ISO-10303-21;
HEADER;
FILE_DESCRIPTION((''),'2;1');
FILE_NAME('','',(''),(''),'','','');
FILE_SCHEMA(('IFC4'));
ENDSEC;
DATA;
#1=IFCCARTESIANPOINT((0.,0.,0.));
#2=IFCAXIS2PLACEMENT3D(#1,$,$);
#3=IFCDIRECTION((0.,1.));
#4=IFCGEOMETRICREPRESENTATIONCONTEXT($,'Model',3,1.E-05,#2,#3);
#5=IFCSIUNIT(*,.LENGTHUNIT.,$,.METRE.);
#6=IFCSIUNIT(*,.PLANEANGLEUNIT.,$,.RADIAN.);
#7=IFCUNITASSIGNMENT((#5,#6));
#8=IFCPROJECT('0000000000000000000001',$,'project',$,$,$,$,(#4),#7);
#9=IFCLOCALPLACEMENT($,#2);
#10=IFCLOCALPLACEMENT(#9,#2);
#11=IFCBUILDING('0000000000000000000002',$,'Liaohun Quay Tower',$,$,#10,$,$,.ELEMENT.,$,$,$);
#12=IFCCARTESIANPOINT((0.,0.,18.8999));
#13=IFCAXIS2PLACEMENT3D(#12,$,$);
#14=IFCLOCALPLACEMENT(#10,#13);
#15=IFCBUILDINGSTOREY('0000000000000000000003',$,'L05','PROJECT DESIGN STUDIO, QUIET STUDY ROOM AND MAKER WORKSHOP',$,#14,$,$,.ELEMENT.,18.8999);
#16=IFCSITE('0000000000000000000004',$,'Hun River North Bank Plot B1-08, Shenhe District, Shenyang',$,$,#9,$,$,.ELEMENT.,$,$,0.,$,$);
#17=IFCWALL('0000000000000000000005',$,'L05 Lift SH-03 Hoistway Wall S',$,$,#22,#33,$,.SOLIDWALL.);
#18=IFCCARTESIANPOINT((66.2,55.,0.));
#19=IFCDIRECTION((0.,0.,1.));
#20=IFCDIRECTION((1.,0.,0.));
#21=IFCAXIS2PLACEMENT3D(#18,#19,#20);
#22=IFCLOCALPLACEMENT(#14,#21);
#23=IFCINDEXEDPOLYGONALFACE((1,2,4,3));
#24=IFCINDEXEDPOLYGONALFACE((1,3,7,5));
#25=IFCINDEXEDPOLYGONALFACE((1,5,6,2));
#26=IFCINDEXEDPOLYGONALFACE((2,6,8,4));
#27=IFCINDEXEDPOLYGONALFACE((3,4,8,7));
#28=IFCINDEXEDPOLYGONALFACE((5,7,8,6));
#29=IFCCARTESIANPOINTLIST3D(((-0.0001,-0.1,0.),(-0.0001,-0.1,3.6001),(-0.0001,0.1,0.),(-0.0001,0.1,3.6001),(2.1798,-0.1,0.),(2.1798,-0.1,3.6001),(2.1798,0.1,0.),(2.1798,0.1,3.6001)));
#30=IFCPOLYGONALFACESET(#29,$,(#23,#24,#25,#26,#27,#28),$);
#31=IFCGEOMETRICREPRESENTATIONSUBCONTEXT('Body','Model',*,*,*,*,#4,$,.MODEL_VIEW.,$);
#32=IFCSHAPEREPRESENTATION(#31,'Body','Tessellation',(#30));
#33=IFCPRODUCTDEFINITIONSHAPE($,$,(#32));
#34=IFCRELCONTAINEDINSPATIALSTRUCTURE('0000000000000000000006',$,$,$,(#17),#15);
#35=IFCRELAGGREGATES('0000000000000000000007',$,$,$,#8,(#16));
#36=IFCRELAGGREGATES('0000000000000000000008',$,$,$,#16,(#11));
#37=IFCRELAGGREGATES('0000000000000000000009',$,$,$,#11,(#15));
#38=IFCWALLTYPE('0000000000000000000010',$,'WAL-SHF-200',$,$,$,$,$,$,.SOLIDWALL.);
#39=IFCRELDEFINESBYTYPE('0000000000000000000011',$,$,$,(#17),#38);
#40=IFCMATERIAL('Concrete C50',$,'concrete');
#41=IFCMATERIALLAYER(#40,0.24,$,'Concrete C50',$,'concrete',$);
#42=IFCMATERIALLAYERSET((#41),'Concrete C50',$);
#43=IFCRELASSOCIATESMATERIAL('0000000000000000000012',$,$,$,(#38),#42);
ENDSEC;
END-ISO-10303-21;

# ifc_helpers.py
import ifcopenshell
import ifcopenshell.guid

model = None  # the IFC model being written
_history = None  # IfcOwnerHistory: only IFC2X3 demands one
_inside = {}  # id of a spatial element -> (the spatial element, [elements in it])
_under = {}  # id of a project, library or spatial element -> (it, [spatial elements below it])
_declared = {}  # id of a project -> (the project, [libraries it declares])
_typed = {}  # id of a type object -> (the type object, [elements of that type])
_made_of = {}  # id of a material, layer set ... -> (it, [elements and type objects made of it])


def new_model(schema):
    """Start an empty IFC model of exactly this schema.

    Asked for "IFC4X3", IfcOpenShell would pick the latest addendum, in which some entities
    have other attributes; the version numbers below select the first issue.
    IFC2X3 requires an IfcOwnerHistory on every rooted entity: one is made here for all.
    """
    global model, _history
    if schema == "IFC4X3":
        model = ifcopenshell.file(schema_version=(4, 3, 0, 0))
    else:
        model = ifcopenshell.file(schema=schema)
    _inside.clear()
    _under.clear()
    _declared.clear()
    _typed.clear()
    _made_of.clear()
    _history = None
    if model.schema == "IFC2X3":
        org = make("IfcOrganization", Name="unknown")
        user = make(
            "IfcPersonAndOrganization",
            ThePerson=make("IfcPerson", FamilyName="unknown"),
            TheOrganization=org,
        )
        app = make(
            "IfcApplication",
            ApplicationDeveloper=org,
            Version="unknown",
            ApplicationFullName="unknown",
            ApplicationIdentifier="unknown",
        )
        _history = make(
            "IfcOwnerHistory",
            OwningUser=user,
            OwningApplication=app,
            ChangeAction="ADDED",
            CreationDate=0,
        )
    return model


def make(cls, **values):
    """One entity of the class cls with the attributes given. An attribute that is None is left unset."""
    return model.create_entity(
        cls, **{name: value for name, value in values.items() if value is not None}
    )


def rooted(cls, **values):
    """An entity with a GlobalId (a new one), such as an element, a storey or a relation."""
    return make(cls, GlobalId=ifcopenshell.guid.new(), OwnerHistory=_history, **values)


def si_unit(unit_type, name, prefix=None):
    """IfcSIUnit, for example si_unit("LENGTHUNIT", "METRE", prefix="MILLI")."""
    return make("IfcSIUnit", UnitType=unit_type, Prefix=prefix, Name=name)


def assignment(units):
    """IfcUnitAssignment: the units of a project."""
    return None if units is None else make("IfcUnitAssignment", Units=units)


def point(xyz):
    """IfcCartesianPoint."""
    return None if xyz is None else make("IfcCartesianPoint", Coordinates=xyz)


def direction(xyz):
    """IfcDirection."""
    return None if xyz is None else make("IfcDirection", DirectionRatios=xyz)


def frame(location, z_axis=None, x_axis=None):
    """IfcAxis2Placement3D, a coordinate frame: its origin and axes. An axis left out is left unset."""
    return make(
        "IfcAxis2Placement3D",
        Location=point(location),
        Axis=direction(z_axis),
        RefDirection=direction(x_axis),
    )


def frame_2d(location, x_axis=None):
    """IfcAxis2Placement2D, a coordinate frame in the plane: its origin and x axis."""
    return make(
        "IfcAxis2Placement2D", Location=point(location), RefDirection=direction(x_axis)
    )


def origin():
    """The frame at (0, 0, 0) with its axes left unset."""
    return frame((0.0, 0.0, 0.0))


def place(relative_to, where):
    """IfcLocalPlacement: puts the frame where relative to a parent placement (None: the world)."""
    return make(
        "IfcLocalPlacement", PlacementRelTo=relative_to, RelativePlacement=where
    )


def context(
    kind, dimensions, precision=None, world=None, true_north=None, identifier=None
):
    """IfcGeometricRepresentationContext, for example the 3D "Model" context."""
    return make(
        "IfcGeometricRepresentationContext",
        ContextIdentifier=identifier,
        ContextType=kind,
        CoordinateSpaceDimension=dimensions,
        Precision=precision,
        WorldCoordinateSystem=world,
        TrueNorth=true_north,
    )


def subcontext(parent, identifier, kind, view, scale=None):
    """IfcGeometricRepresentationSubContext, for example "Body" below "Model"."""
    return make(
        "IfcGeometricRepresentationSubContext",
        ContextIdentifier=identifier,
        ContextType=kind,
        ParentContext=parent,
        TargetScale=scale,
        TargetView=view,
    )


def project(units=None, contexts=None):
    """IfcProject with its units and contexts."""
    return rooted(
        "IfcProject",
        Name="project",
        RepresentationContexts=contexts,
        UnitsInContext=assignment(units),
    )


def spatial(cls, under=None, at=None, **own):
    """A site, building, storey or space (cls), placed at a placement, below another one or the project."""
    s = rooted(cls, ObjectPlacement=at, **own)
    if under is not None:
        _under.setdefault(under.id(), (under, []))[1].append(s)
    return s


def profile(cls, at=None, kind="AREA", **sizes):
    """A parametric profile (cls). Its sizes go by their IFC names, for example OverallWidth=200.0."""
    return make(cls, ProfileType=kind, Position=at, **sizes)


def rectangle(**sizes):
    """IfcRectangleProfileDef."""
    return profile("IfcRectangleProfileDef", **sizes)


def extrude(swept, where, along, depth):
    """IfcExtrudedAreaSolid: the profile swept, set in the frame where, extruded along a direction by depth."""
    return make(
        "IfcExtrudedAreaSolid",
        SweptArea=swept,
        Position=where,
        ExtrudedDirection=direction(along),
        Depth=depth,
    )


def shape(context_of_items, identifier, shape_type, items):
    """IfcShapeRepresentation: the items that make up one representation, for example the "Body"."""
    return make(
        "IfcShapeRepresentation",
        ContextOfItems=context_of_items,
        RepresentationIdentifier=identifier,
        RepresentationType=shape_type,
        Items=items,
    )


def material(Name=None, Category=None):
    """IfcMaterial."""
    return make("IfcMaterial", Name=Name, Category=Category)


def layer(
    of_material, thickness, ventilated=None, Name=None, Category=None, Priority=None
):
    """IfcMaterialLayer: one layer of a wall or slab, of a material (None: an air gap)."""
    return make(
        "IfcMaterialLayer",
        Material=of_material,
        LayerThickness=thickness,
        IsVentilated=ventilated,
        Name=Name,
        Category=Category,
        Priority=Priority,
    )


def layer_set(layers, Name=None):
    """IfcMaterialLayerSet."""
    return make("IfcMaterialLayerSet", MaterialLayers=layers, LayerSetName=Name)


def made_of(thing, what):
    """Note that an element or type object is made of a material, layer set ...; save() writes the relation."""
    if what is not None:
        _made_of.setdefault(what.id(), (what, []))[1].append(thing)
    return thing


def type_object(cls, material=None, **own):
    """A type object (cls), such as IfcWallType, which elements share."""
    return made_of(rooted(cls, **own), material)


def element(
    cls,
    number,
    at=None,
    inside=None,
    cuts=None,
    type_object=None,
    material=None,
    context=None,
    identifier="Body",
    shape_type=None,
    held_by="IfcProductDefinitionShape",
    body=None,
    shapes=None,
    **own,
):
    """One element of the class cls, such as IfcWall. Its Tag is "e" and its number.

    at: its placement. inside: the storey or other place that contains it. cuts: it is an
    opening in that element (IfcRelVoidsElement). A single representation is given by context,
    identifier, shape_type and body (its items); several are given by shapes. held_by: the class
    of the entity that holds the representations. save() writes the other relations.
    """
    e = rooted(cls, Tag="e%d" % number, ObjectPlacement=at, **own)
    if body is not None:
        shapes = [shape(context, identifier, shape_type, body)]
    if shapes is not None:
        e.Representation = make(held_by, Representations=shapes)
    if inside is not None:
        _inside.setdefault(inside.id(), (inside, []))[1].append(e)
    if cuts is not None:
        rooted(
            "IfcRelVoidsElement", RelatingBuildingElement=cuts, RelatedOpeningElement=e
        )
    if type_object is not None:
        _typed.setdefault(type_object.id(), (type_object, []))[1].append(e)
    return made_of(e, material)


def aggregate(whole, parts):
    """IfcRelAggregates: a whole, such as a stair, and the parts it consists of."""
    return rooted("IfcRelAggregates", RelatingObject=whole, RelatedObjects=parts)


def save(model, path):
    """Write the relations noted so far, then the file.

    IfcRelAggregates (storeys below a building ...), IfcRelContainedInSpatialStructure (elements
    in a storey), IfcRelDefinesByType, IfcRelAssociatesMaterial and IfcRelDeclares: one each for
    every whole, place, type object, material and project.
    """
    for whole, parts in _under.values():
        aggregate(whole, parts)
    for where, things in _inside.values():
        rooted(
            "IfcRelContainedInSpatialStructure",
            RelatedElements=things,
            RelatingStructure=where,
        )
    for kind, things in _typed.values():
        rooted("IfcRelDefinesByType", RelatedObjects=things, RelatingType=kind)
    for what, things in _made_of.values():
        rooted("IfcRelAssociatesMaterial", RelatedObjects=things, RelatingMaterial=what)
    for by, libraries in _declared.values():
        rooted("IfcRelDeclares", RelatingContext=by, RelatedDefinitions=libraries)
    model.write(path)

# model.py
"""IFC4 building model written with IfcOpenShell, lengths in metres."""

from ifc_helpers import new_model, si_unit, direction, frame, frame_2d, origin, place, context, subcontext, project, spatial, rectangle, extrude, material, layer, layer_set, type_object, element, save


model = new_model("IFC4")

# Units and contexts
model_context = context("Model", 3, precision=1e-05, world=origin(), true_north=direction((0.0, 1.0)))
body_context = subcontext(model_context, "Body", "Model", "MODEL_VIEW")
ifc_project = project(units=[si_unit("LENGTHUNIT", "METRE"), si_unit("PLANEANGLEUNIT", "RADIAN")], contexts=[model_context])

# Site, building, storey
site_placement = place(None, origin())
site = spatial("IfcSite", under=ifc_project, at=site_placement, Name="Hun River North Bank Plot B1-08, Shenhe District, Shenyang", CompositionType="ELEMENT", RefElevation=0.0)
building_placement = place(site_placement, origin())
building = spatial("IfcBuilding", under=site, at=building_placement, Name="Liaohun Quay Tower", CompositionType="ELEMENT")
storey_placement = place(building_placement, frame((0.0, 0.0, 18.8999)))
storey = spatial("IfcBuildingStorey", under=building, at=storey_placement, Name="L05", Description="PROJECT DESIGN STUDIO, QUIET STUDY ROOM AND MAKER WORKSHOP", CompositionType="ELEMENT", Elevation=18.8999)

# Shared definitions
ifc_material_1 = material(Name="Concrete C50", Category="concrete")
ifc_layer_1 = layer(ifc_material_1, 0.24, Name="Concrete C50", Category="concrete")
ifc_layer_set_1 = layer_set([ifc_layer_1], Name="Concrete C50")
wall_type_1 = type_object("IfcWallType", Name="WAL-SHF-200", PredefinedType="SOLIDWALL", material=ifc_layer_set_1)

# Wall
wall_1_placement = place(storey_placement, frame((66.2, 55.0, 0.0), z_axis=(0.0, 0.0, 1.0), x_axis=(1.0, 0.0, 0.0)))
element("IfcWall", 1, at=wall_1_placement, inside=storey, type_object=wall_type_1, Name="L05 Lift SH-03 Hoistway Wall S", PredefinedType="SOLIDWALL", context=body_context, shape_type="SweptSolid", body=[
    extrude(rectangle(XDim=2.1799, YDim=0.2, at=frame_2d((1.0898, 0.0))), origin(), (0.0, 0.0, 1.0), 3.6001),
])

save(model, "model.ifc")
